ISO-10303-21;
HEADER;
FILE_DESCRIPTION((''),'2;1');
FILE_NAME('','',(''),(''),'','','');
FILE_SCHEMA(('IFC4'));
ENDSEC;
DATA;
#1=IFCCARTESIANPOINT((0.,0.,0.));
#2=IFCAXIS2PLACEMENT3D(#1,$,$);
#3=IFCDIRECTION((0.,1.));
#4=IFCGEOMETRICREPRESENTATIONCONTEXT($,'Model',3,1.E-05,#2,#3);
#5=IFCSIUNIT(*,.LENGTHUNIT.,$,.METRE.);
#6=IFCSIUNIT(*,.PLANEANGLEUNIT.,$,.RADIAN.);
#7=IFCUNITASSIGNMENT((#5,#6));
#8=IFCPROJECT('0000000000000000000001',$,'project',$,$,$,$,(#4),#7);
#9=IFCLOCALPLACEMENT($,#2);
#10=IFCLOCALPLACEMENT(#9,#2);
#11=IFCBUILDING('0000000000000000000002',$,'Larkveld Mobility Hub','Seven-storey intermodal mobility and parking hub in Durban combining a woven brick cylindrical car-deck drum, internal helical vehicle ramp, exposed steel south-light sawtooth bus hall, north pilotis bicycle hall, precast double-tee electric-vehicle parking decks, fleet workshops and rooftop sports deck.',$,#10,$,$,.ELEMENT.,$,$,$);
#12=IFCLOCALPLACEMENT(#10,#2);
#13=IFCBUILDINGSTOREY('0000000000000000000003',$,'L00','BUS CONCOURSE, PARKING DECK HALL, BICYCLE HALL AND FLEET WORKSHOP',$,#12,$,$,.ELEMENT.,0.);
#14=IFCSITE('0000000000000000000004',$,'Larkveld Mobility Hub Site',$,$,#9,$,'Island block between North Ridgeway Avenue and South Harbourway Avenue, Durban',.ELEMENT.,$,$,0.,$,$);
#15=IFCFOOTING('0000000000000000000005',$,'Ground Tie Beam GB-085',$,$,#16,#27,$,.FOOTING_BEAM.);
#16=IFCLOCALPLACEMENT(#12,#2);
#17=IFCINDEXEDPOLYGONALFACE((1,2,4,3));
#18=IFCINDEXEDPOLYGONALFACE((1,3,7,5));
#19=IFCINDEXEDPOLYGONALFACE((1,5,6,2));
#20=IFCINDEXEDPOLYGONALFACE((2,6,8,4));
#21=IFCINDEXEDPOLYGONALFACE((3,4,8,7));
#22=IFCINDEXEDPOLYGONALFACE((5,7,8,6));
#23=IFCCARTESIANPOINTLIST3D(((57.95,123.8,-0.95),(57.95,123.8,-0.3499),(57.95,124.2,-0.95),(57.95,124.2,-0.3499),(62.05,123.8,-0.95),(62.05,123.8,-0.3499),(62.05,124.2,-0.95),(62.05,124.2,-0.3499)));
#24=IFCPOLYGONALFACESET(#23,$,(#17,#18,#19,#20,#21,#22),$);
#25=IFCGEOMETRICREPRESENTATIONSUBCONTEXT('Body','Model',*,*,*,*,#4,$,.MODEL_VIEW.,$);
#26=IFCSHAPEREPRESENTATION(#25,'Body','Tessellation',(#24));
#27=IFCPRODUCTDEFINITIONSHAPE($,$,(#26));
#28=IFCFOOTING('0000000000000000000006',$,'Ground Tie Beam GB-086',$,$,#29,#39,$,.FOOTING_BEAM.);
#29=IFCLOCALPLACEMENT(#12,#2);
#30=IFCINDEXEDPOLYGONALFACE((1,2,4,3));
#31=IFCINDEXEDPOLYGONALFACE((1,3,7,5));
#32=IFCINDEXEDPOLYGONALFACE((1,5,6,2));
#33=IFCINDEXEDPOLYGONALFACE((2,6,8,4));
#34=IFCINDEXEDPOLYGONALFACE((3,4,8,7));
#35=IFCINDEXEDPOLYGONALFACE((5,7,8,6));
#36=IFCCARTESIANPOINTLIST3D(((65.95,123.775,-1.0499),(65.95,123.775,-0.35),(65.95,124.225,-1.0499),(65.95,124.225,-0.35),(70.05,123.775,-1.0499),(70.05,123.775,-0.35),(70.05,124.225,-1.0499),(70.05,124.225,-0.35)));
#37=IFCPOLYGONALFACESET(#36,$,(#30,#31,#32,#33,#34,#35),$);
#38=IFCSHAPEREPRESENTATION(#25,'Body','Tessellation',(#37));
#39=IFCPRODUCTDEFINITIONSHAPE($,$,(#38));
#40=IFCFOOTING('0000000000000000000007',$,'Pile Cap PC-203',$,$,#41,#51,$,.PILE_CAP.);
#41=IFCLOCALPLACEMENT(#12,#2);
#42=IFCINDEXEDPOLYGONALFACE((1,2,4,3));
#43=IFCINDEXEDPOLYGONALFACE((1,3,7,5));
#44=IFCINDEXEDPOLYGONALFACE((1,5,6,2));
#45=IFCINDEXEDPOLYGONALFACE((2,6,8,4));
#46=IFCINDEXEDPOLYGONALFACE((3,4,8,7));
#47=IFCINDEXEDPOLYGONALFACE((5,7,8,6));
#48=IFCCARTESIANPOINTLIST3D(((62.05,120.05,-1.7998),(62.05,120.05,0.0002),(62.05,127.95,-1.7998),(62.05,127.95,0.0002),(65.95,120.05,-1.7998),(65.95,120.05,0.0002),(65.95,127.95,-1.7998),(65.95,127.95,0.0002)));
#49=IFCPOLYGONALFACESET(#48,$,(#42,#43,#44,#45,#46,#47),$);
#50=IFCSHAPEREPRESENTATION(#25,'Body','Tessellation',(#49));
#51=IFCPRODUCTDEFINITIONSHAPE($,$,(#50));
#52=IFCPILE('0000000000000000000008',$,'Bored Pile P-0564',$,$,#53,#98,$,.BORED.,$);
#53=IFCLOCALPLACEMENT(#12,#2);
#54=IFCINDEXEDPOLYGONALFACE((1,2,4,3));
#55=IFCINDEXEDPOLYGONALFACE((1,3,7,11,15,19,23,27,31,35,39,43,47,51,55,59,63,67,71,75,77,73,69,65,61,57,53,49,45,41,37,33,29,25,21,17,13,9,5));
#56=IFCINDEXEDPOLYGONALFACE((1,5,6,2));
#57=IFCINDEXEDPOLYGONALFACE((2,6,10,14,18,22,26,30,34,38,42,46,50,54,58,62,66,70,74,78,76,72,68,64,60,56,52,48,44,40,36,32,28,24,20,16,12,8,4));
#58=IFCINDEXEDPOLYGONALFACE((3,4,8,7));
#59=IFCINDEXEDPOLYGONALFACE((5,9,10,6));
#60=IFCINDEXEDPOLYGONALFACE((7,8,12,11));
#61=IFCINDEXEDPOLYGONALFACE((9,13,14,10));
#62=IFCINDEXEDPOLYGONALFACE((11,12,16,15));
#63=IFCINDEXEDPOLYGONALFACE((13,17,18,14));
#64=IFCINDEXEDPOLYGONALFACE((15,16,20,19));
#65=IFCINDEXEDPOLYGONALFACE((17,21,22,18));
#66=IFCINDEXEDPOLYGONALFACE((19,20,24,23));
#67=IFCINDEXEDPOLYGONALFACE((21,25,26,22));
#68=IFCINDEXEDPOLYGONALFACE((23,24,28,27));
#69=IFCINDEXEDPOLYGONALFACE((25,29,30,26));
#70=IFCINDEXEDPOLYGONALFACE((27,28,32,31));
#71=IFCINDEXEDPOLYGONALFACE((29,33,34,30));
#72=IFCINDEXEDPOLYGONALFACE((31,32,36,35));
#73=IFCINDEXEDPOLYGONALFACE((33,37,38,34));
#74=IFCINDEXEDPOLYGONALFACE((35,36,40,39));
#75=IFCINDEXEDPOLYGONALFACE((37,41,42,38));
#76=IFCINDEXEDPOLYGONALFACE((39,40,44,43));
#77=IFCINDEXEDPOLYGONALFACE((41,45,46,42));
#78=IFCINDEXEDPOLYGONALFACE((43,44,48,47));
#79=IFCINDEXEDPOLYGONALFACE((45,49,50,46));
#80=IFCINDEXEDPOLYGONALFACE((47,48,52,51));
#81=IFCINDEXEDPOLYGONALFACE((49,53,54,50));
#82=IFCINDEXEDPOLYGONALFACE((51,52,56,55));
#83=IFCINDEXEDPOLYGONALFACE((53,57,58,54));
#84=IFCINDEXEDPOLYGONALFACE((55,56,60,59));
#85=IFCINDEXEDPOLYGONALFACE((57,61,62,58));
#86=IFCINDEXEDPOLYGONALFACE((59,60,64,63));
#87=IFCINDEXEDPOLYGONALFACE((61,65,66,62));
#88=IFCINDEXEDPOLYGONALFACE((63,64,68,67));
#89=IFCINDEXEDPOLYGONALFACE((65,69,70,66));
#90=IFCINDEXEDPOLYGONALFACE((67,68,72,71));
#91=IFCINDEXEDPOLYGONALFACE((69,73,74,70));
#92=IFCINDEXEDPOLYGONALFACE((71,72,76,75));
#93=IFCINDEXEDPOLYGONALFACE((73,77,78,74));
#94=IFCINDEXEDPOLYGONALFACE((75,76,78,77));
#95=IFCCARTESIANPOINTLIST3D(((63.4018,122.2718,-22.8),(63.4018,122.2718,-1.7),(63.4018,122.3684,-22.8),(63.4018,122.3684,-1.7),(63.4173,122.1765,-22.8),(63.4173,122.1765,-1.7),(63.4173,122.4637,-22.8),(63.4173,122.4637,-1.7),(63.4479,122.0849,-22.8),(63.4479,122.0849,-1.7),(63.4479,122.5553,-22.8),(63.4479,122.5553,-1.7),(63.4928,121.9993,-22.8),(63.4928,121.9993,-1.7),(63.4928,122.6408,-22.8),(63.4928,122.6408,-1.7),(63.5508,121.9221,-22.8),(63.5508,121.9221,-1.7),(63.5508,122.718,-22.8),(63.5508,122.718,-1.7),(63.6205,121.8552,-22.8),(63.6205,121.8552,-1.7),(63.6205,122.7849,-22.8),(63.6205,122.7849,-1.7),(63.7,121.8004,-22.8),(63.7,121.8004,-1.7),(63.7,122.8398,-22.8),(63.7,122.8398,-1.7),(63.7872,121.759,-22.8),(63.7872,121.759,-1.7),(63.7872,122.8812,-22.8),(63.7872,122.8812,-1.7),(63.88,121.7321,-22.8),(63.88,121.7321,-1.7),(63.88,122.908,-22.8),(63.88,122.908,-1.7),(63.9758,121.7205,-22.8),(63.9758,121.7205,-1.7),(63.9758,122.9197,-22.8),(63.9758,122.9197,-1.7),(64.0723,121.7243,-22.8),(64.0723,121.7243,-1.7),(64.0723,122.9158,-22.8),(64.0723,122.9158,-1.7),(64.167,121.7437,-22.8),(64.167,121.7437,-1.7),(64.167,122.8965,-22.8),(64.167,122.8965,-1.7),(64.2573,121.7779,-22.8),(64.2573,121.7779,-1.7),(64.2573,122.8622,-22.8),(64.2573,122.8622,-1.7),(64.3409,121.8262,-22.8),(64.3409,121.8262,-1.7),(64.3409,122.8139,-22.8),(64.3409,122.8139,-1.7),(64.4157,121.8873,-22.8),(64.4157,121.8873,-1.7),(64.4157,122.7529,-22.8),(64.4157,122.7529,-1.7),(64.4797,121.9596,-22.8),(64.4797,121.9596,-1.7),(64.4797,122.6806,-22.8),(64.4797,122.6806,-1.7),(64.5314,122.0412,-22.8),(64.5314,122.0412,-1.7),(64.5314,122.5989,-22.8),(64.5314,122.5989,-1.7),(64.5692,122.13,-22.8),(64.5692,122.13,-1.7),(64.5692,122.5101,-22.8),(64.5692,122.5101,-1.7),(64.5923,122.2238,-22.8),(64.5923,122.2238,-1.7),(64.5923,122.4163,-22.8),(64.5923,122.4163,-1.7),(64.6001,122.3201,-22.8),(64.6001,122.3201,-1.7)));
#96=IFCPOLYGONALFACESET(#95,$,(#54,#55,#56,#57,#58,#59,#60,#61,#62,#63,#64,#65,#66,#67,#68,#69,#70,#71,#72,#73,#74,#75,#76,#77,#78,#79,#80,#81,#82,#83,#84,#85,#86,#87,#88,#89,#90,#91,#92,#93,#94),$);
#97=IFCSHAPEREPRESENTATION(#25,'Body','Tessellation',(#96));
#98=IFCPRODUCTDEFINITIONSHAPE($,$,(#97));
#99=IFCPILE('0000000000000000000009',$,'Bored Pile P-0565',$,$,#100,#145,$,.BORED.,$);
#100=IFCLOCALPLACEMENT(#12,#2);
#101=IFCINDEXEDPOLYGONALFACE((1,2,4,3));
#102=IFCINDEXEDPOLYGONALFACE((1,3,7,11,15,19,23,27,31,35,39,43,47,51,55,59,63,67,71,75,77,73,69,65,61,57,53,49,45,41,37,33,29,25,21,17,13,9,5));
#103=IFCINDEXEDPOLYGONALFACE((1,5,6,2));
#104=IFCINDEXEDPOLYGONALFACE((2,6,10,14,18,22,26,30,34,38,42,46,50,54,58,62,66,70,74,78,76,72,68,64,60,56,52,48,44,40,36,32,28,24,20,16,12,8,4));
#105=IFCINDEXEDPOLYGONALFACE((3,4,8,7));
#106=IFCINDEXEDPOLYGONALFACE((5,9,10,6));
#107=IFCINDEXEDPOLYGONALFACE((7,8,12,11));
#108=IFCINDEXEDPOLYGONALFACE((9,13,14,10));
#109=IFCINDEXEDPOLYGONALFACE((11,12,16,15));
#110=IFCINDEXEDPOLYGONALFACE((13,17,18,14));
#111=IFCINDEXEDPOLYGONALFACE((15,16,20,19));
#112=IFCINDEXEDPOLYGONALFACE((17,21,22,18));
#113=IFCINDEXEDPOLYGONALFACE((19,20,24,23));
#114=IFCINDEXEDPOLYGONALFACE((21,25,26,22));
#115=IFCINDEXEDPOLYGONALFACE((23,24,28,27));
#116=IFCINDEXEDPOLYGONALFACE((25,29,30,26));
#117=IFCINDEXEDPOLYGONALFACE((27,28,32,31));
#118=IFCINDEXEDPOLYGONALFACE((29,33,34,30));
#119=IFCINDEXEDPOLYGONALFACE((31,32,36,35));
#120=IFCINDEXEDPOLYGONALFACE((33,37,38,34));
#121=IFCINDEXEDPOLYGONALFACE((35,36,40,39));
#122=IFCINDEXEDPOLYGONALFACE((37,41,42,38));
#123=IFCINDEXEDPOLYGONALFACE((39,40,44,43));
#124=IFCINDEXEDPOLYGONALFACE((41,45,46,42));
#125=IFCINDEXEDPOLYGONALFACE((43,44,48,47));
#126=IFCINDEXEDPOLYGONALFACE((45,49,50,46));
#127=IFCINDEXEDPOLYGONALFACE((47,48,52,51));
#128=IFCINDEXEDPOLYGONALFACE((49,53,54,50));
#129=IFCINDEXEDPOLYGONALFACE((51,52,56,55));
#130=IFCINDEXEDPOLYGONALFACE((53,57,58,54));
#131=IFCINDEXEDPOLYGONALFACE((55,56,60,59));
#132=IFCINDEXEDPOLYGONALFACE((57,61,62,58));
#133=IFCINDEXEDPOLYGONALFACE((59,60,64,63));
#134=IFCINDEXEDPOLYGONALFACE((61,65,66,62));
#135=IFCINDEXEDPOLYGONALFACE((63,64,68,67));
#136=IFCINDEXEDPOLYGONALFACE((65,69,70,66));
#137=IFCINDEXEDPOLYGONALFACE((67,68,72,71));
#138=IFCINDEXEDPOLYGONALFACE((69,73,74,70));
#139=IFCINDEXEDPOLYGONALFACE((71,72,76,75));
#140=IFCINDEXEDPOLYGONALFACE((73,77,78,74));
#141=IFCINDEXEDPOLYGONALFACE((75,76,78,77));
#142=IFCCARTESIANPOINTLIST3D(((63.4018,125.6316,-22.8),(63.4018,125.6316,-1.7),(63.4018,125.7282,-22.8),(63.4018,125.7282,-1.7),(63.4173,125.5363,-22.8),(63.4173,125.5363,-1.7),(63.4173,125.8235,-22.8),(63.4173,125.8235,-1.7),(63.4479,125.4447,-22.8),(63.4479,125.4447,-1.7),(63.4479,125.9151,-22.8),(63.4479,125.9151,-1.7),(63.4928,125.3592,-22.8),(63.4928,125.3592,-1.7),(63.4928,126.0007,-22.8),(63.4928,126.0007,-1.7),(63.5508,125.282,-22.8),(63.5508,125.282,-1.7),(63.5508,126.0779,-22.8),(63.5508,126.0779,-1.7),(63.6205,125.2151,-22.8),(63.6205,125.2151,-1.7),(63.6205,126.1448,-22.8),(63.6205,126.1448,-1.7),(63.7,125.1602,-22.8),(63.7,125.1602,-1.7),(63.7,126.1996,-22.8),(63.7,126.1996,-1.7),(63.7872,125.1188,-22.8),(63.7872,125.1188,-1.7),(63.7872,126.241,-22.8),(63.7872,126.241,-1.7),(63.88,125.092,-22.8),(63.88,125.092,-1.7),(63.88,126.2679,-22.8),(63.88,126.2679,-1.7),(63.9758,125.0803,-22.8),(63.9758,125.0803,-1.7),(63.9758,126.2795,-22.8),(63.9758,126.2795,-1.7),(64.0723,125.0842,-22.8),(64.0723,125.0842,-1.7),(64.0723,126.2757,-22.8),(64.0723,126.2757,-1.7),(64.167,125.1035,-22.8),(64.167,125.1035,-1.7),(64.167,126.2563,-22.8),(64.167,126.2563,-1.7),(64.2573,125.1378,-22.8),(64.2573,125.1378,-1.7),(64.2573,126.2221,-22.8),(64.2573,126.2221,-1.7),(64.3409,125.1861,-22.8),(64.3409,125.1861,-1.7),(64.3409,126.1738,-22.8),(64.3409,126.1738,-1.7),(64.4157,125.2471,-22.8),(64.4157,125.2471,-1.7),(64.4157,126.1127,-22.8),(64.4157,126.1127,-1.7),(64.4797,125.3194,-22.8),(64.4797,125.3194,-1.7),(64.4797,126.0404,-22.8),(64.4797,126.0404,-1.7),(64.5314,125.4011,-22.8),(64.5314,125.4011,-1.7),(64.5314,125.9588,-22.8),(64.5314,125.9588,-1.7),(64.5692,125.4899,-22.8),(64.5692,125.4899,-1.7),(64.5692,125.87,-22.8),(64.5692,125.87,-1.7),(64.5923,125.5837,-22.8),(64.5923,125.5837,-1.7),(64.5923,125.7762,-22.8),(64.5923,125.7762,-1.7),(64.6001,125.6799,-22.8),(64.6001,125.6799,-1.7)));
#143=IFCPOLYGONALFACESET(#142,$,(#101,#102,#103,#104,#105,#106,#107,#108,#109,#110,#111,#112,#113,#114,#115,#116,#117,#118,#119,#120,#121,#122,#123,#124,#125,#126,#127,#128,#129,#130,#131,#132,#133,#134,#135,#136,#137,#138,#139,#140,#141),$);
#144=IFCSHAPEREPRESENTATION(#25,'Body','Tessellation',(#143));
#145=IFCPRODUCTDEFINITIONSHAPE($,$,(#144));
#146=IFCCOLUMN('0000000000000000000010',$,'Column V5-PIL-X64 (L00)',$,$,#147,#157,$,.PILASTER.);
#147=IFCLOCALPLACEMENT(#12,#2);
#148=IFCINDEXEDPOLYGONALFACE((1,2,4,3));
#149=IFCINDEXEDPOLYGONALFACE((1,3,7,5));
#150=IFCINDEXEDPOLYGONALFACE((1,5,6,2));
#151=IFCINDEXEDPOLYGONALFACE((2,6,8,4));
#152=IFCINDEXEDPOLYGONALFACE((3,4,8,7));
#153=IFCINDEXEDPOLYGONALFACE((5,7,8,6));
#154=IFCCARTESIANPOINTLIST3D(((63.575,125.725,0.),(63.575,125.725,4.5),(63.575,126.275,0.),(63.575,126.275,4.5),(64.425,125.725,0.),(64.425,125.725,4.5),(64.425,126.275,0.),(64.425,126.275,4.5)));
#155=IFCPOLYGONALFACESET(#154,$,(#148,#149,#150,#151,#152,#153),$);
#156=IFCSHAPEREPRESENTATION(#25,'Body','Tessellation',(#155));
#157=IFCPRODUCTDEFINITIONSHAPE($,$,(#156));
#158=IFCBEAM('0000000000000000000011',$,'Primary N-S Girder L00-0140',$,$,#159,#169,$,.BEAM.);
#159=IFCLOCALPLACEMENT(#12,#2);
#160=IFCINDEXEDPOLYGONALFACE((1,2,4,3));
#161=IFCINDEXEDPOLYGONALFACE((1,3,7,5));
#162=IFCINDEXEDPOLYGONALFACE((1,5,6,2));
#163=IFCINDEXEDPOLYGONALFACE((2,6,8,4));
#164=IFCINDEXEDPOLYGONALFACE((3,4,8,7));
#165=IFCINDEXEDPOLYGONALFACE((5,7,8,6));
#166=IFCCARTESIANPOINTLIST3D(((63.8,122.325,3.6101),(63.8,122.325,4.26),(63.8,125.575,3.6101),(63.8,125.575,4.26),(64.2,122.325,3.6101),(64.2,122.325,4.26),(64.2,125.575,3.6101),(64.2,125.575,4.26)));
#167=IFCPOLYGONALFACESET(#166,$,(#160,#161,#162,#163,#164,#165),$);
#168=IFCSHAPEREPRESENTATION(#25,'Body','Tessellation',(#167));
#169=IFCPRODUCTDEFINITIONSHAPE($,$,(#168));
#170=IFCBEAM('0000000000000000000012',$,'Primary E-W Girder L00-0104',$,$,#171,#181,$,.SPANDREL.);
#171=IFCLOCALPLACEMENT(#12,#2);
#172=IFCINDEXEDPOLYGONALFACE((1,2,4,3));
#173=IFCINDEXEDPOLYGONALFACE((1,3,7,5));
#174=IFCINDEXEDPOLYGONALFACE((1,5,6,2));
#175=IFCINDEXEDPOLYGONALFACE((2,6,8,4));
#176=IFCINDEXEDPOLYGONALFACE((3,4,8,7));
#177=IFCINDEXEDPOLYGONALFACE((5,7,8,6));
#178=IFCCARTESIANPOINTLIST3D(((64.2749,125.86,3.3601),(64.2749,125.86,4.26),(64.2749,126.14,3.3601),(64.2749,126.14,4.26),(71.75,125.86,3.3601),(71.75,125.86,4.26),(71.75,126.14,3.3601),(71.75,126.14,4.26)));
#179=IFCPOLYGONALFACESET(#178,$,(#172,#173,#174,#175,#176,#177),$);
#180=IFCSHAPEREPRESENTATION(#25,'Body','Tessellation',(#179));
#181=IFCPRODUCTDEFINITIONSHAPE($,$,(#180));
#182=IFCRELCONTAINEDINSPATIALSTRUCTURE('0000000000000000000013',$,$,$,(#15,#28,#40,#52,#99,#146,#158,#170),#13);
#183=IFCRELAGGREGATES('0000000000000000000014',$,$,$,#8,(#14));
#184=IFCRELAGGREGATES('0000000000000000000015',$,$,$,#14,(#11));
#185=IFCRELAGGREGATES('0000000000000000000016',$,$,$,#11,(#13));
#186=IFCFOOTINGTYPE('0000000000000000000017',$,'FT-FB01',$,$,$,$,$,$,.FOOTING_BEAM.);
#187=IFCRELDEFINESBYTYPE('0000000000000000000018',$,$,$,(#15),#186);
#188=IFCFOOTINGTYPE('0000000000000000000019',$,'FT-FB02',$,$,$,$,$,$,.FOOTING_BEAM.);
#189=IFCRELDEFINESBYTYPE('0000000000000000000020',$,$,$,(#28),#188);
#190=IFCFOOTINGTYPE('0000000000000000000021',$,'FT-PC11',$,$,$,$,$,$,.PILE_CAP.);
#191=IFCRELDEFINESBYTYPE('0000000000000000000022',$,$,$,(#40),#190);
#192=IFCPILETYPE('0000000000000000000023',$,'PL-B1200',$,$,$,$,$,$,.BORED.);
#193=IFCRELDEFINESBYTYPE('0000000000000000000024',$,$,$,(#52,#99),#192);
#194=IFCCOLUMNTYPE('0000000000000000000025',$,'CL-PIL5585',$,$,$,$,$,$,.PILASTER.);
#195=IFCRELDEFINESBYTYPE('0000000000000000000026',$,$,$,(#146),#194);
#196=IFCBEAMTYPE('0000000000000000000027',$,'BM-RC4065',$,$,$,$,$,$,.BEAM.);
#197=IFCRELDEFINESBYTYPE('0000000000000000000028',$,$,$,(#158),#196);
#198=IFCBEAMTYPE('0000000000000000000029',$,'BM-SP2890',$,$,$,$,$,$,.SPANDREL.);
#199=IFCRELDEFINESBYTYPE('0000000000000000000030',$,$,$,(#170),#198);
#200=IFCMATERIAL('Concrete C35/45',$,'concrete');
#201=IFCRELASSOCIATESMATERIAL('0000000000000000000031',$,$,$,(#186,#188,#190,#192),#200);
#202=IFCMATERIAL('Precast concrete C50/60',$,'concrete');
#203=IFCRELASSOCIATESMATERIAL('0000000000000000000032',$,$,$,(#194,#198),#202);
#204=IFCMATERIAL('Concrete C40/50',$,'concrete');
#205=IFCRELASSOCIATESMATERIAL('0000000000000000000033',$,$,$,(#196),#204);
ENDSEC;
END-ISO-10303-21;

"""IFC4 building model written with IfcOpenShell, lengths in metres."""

from ifc_helpers import new_model, si_unit, direction, frame, origin, origin_2d, place, context, subcontext, project, spatial, rectangle, circle, extrude, material, material_profile, profile_set, type_object, element, save


model = new_model("IFC4")

# Units and contexts
model_context = context("Model", 3, precision=1e-05, world=origin(), true_north=direction((0.0, 1.0)))
body_context = subcontext(model_context, "Body", "Model", "MODEL_VIEW")
ifc_project = project(units=[si_unit("LENGTHUNIT", "METRE"), si_unit("PLANEANGLEUNIT", "RADIAN")], contexts=[model_context])

# Site, building, storey
site_placement = place(None, origin())
site = spatial("IfcSite", under=ifc_project, at=site_placement, Name="Larkveld Mobility Hub Site", LongName="Island block between North Ridgeway Avenue and South Harbourway Avenue, Durban", CompositionType="ELEMENT", RefElevation=0.0)
building_placement = place(site_placement, origin())
building = spatial("IfcBuilding", under=site, at=building_placement, Name="Larkveld Mobility Hub", Description="Seven-storey intermodal mobility and parking hub in Durban combining a woven brick cylindrical car-deck drum, internal helical vehicle ramp, exposed steel south-light sawtooth bus hall, north pilotis bicycle hall, precast double-tee electric-vehicle parking decks, fleet workshops and rooftop sports deck.", CompositionType="ELEMENT")
storey_placement = place(building_placement, origin())
storey = spatial("IfcBuildingStorey", under=building, at=storey_placement, Name="L00", Description="BUS CONCOURSE, PARKING DECK HALL, BICYCLE HALL AND FLEET WORKSHOP", CompositionType="ELEMENT", Elevation=0.0)

# Footings
ifc_material_1 = material(Name="Concrete C35/45", Category="concrete")
ifc_material_profile_1 = material_profile(ifc_material_1, rectangle(XDim=0.3999, YDim=0.6001, at=origin_2d()), Name="RC BM 400x600")
ifc_profile_set_1 = profile_set([ifc_material_profile_1], Name="Concrete C35/45")
footing_type_1 = type_object("IfcFootingType", Name="FT-FB01", PredefinedType="FOOTING_BEAM", material=ifc_profile_set_1)
footing_1_placement = place(storey_placement, frame((57.95, 124.0, -0.6499), z_axis=(1.0, 0.0, 0.0), x_axis=(0.0, 1.0, 0.0)))
element("IfcFooting", 1, at=footing_1_placement, inside=storey, type_object=footing_type_1, Name="Ground Tie Beam GB-085", PredefinedType="FOOTING_BEAM", context=body_context, shape_type="SweptSolid", body=[
    extrude(rectangle(XDim=0.3999, YDim=0.6001, at=origin_2d()), origin(), (0.0, 0.0, 1.0), 4.1001),
])
ifc_material_profile_2 = material_profile(ifc_material_1, rectangle(XDim=0.45, YDim=0.7, at=origin_2d()), Name="RC BM 450x700")
ifc_profile_set_2 = profile_set([ifc_material_profile_2], Name="Concrete C35/45")
footing_type_2 = type_object("IfcFootingType", Name="FT-FB02", PredefinedType="FOOTING_BEAM", material=ifc_profile_set_2)
footing_2_placement = place(storey_placement, frame((65.95, 124.0, -0.7), z_axis=(1.0, 0.0, 0.0), x_axis=(0.0, 1.0, 0.0)))
element("IfcFooting", 2, at=footing_2_placement, inside=storey, type_object=footing_type_2, Name="Ground Tie Beam GB-086", PredefinedType="FOOTING_BEAM", context=body_context, shape_type="SweptSolid", body=[
    extrude(rectangle(XDim=0.45, YDim=0.7, at=origin_2d()), origin(), (0.0, 0.0, 1.0), 4.1001),
])
footing_type_3 = type_object("IfcFootingType", Name="FT-PC11", PredefinedType="PILE_CAP", material=ifc_material_1)
footing_3_placement = place(storey_placement, frame((64.0, 124.0, -1.7998), z_axis=(0.0, 0.0, 1.0), x_axis=(1.0, 0.0, 0.0)))
element("IfcFooting", 3, at=footing_3_placement, inside=storey, type_object=footing_type_3, Name="Pile Cap PC-203", PredefinedType="PILE_CAP", context=body_context, shape_type="SweptSolid", body=[
    extrude(rectangle(XDim=3.8999, YDim=7.8999, at=origin_2d()), origin(), (0.0, 0.0, 1.0), 1.8),
])

# Piles
ifc_material_profile_3 = material_profile(ifc_material_1, circle(Radius=0.6001, at=origin_2d()), Name="PILE D1200")
ifc_profile_set_3 = profile_set([ifc_material_profile_3], Name="Concrete C35/45")
pile_type = type_object("IfcPileType", Name="PL-B1200", PredefinedType="BORED", material=ifc_profile_set_3)
for number, where, z_axis, x_axis, name in (
    (4, (64.0, 122.3201, -1.7), (0.0, 0.0, -1.0), (1.0, 0.0, 0.0), "Bored Pile P-0564"),
    (5, (64.0, 125.6799, -1.7), (0.0, 0.0, -1.0), (1.0, 0.0, 0.0), "Bored Pile P-0565"),
):
    element("IfcPile", number, at=place(storey_placement, frame(where, z_axis=z_axis, x_axis=x_axis)), inside=storey, type_object=pile_type, Name=name, PredefinedType="BORED", context=body_context, shape_type="SweptSolid", body=[
        extrude(circle(Radius=0.6001, at=origin_2d()), origin(), (0.0, 0.0, 1.0), 21.1001),
    ])

# Column
ifc_material_2 = material(Name="Precast concrete C50/60", Category="concrete")
ifc_material_profile_4 = material_profile(ifc_material_2, rectangle(XDim=0.55, YDim=0.8501, at=origin_2d()), Name="PC PIL 550x850")
ifc_profile_set_4 = profile_set([ifc_material_profile_4], Name="Precast concrete C50/60")
column_type = type_object("IfcColumnType", Name="CL-PIL5585", PredefinedType="PILASTER", material=ifc_profile_set_4)
column_placement = place(storey_placement, frame((64.0, 126.0, 0.0), z_axis=(0.0, 0.0, 1.0), x_axis=(0.0, 1.0, 0.0)))
element("IfcColumn", 6, at=column_placement, inside=storey, type_object=column_type, Name="Column V5-PIL-X64 (L00)", PredefinedType="PILASTER", context=body_context, shape_type="SweptSolid", body=[
    extrude(rectangle(XDim=0.55, YDim=0.8501, at=origin_2d()), origin(), (0.0, 0.0, 1.0), 4.5),
])

# Beams
ifc_material_3 = material(Name="Concrete C40/50", Category="concrete")
ifc_material_profile_5 = material_profile(ifc_material_3, rectangle(XDim=0.3999, YDim=0.6499, at=origin_2d()), Name="RC BM 400x650")
ifc_profile_set_5 = profile_set([ifc_material_profile_5], Name="Concrete C40/50")
beam_type_1 = type_object("IfcBeamType", Name="BM-RC4065", PredefinedType="BEAM", material=ifc_profile_set_5)
beam_1_placement = place(storey_placement, frame((64.0, 122.325, 3.9351), z_axis=(0.0, 1.0, 0.0), x_axis=(-1.0, 0.0, 0.0)))
element("IfcBeam", 7, at=beam_1_placement, inside=storey, type_object=beam_type_1, Name="Primary N-S Girder L00-0140", PredefinedType="BEAM", context=body_context, shape_type="SweptSolid", body=[
    extrude(rectangle(XDim=0.3999, YDim=0.6499, at=origin_2d()), origin(), (0.0, 0.0, 1.0), 3.25),
])
ifc_material_profile_6 = material_profile(ifc_material_2, rectangle(XDim=0.28, YDim=0.8999, at=origin_2d()), Name="PC SP 280x900")
ifc_profile_set_6 = profile_set([ifc_material_profile_6], Name="Precast concrete C50/60")
beam_type_2 = type_object("IfcBeamType", Name="BM-SP2890", PredefinedType="SPANDREL", material=ifc_profile_set_6)
beam_2_placement = place(storey_placement, frame((64.2749, 126.0, 3.8101), z_axis=(1.0, 0.0, 0.0), x_axis=(0.0, 1.0, 0.0)))
element("IfcBeam", 8, at=beam_2_placement, inside=storey, type_object=beam_type_2, Name="Primary E-W Girder L00-0104", PredefinedType="SPANDREL", context=body_context, shape_type="SweptSolid", body=[
    extrude(rectangle(XDim=0.28, YDim=0.8999, at=origin_2d()), origin(), (0.0, 0.0, 1.0), 7.4751),
])

save(model, "model.ifc")
